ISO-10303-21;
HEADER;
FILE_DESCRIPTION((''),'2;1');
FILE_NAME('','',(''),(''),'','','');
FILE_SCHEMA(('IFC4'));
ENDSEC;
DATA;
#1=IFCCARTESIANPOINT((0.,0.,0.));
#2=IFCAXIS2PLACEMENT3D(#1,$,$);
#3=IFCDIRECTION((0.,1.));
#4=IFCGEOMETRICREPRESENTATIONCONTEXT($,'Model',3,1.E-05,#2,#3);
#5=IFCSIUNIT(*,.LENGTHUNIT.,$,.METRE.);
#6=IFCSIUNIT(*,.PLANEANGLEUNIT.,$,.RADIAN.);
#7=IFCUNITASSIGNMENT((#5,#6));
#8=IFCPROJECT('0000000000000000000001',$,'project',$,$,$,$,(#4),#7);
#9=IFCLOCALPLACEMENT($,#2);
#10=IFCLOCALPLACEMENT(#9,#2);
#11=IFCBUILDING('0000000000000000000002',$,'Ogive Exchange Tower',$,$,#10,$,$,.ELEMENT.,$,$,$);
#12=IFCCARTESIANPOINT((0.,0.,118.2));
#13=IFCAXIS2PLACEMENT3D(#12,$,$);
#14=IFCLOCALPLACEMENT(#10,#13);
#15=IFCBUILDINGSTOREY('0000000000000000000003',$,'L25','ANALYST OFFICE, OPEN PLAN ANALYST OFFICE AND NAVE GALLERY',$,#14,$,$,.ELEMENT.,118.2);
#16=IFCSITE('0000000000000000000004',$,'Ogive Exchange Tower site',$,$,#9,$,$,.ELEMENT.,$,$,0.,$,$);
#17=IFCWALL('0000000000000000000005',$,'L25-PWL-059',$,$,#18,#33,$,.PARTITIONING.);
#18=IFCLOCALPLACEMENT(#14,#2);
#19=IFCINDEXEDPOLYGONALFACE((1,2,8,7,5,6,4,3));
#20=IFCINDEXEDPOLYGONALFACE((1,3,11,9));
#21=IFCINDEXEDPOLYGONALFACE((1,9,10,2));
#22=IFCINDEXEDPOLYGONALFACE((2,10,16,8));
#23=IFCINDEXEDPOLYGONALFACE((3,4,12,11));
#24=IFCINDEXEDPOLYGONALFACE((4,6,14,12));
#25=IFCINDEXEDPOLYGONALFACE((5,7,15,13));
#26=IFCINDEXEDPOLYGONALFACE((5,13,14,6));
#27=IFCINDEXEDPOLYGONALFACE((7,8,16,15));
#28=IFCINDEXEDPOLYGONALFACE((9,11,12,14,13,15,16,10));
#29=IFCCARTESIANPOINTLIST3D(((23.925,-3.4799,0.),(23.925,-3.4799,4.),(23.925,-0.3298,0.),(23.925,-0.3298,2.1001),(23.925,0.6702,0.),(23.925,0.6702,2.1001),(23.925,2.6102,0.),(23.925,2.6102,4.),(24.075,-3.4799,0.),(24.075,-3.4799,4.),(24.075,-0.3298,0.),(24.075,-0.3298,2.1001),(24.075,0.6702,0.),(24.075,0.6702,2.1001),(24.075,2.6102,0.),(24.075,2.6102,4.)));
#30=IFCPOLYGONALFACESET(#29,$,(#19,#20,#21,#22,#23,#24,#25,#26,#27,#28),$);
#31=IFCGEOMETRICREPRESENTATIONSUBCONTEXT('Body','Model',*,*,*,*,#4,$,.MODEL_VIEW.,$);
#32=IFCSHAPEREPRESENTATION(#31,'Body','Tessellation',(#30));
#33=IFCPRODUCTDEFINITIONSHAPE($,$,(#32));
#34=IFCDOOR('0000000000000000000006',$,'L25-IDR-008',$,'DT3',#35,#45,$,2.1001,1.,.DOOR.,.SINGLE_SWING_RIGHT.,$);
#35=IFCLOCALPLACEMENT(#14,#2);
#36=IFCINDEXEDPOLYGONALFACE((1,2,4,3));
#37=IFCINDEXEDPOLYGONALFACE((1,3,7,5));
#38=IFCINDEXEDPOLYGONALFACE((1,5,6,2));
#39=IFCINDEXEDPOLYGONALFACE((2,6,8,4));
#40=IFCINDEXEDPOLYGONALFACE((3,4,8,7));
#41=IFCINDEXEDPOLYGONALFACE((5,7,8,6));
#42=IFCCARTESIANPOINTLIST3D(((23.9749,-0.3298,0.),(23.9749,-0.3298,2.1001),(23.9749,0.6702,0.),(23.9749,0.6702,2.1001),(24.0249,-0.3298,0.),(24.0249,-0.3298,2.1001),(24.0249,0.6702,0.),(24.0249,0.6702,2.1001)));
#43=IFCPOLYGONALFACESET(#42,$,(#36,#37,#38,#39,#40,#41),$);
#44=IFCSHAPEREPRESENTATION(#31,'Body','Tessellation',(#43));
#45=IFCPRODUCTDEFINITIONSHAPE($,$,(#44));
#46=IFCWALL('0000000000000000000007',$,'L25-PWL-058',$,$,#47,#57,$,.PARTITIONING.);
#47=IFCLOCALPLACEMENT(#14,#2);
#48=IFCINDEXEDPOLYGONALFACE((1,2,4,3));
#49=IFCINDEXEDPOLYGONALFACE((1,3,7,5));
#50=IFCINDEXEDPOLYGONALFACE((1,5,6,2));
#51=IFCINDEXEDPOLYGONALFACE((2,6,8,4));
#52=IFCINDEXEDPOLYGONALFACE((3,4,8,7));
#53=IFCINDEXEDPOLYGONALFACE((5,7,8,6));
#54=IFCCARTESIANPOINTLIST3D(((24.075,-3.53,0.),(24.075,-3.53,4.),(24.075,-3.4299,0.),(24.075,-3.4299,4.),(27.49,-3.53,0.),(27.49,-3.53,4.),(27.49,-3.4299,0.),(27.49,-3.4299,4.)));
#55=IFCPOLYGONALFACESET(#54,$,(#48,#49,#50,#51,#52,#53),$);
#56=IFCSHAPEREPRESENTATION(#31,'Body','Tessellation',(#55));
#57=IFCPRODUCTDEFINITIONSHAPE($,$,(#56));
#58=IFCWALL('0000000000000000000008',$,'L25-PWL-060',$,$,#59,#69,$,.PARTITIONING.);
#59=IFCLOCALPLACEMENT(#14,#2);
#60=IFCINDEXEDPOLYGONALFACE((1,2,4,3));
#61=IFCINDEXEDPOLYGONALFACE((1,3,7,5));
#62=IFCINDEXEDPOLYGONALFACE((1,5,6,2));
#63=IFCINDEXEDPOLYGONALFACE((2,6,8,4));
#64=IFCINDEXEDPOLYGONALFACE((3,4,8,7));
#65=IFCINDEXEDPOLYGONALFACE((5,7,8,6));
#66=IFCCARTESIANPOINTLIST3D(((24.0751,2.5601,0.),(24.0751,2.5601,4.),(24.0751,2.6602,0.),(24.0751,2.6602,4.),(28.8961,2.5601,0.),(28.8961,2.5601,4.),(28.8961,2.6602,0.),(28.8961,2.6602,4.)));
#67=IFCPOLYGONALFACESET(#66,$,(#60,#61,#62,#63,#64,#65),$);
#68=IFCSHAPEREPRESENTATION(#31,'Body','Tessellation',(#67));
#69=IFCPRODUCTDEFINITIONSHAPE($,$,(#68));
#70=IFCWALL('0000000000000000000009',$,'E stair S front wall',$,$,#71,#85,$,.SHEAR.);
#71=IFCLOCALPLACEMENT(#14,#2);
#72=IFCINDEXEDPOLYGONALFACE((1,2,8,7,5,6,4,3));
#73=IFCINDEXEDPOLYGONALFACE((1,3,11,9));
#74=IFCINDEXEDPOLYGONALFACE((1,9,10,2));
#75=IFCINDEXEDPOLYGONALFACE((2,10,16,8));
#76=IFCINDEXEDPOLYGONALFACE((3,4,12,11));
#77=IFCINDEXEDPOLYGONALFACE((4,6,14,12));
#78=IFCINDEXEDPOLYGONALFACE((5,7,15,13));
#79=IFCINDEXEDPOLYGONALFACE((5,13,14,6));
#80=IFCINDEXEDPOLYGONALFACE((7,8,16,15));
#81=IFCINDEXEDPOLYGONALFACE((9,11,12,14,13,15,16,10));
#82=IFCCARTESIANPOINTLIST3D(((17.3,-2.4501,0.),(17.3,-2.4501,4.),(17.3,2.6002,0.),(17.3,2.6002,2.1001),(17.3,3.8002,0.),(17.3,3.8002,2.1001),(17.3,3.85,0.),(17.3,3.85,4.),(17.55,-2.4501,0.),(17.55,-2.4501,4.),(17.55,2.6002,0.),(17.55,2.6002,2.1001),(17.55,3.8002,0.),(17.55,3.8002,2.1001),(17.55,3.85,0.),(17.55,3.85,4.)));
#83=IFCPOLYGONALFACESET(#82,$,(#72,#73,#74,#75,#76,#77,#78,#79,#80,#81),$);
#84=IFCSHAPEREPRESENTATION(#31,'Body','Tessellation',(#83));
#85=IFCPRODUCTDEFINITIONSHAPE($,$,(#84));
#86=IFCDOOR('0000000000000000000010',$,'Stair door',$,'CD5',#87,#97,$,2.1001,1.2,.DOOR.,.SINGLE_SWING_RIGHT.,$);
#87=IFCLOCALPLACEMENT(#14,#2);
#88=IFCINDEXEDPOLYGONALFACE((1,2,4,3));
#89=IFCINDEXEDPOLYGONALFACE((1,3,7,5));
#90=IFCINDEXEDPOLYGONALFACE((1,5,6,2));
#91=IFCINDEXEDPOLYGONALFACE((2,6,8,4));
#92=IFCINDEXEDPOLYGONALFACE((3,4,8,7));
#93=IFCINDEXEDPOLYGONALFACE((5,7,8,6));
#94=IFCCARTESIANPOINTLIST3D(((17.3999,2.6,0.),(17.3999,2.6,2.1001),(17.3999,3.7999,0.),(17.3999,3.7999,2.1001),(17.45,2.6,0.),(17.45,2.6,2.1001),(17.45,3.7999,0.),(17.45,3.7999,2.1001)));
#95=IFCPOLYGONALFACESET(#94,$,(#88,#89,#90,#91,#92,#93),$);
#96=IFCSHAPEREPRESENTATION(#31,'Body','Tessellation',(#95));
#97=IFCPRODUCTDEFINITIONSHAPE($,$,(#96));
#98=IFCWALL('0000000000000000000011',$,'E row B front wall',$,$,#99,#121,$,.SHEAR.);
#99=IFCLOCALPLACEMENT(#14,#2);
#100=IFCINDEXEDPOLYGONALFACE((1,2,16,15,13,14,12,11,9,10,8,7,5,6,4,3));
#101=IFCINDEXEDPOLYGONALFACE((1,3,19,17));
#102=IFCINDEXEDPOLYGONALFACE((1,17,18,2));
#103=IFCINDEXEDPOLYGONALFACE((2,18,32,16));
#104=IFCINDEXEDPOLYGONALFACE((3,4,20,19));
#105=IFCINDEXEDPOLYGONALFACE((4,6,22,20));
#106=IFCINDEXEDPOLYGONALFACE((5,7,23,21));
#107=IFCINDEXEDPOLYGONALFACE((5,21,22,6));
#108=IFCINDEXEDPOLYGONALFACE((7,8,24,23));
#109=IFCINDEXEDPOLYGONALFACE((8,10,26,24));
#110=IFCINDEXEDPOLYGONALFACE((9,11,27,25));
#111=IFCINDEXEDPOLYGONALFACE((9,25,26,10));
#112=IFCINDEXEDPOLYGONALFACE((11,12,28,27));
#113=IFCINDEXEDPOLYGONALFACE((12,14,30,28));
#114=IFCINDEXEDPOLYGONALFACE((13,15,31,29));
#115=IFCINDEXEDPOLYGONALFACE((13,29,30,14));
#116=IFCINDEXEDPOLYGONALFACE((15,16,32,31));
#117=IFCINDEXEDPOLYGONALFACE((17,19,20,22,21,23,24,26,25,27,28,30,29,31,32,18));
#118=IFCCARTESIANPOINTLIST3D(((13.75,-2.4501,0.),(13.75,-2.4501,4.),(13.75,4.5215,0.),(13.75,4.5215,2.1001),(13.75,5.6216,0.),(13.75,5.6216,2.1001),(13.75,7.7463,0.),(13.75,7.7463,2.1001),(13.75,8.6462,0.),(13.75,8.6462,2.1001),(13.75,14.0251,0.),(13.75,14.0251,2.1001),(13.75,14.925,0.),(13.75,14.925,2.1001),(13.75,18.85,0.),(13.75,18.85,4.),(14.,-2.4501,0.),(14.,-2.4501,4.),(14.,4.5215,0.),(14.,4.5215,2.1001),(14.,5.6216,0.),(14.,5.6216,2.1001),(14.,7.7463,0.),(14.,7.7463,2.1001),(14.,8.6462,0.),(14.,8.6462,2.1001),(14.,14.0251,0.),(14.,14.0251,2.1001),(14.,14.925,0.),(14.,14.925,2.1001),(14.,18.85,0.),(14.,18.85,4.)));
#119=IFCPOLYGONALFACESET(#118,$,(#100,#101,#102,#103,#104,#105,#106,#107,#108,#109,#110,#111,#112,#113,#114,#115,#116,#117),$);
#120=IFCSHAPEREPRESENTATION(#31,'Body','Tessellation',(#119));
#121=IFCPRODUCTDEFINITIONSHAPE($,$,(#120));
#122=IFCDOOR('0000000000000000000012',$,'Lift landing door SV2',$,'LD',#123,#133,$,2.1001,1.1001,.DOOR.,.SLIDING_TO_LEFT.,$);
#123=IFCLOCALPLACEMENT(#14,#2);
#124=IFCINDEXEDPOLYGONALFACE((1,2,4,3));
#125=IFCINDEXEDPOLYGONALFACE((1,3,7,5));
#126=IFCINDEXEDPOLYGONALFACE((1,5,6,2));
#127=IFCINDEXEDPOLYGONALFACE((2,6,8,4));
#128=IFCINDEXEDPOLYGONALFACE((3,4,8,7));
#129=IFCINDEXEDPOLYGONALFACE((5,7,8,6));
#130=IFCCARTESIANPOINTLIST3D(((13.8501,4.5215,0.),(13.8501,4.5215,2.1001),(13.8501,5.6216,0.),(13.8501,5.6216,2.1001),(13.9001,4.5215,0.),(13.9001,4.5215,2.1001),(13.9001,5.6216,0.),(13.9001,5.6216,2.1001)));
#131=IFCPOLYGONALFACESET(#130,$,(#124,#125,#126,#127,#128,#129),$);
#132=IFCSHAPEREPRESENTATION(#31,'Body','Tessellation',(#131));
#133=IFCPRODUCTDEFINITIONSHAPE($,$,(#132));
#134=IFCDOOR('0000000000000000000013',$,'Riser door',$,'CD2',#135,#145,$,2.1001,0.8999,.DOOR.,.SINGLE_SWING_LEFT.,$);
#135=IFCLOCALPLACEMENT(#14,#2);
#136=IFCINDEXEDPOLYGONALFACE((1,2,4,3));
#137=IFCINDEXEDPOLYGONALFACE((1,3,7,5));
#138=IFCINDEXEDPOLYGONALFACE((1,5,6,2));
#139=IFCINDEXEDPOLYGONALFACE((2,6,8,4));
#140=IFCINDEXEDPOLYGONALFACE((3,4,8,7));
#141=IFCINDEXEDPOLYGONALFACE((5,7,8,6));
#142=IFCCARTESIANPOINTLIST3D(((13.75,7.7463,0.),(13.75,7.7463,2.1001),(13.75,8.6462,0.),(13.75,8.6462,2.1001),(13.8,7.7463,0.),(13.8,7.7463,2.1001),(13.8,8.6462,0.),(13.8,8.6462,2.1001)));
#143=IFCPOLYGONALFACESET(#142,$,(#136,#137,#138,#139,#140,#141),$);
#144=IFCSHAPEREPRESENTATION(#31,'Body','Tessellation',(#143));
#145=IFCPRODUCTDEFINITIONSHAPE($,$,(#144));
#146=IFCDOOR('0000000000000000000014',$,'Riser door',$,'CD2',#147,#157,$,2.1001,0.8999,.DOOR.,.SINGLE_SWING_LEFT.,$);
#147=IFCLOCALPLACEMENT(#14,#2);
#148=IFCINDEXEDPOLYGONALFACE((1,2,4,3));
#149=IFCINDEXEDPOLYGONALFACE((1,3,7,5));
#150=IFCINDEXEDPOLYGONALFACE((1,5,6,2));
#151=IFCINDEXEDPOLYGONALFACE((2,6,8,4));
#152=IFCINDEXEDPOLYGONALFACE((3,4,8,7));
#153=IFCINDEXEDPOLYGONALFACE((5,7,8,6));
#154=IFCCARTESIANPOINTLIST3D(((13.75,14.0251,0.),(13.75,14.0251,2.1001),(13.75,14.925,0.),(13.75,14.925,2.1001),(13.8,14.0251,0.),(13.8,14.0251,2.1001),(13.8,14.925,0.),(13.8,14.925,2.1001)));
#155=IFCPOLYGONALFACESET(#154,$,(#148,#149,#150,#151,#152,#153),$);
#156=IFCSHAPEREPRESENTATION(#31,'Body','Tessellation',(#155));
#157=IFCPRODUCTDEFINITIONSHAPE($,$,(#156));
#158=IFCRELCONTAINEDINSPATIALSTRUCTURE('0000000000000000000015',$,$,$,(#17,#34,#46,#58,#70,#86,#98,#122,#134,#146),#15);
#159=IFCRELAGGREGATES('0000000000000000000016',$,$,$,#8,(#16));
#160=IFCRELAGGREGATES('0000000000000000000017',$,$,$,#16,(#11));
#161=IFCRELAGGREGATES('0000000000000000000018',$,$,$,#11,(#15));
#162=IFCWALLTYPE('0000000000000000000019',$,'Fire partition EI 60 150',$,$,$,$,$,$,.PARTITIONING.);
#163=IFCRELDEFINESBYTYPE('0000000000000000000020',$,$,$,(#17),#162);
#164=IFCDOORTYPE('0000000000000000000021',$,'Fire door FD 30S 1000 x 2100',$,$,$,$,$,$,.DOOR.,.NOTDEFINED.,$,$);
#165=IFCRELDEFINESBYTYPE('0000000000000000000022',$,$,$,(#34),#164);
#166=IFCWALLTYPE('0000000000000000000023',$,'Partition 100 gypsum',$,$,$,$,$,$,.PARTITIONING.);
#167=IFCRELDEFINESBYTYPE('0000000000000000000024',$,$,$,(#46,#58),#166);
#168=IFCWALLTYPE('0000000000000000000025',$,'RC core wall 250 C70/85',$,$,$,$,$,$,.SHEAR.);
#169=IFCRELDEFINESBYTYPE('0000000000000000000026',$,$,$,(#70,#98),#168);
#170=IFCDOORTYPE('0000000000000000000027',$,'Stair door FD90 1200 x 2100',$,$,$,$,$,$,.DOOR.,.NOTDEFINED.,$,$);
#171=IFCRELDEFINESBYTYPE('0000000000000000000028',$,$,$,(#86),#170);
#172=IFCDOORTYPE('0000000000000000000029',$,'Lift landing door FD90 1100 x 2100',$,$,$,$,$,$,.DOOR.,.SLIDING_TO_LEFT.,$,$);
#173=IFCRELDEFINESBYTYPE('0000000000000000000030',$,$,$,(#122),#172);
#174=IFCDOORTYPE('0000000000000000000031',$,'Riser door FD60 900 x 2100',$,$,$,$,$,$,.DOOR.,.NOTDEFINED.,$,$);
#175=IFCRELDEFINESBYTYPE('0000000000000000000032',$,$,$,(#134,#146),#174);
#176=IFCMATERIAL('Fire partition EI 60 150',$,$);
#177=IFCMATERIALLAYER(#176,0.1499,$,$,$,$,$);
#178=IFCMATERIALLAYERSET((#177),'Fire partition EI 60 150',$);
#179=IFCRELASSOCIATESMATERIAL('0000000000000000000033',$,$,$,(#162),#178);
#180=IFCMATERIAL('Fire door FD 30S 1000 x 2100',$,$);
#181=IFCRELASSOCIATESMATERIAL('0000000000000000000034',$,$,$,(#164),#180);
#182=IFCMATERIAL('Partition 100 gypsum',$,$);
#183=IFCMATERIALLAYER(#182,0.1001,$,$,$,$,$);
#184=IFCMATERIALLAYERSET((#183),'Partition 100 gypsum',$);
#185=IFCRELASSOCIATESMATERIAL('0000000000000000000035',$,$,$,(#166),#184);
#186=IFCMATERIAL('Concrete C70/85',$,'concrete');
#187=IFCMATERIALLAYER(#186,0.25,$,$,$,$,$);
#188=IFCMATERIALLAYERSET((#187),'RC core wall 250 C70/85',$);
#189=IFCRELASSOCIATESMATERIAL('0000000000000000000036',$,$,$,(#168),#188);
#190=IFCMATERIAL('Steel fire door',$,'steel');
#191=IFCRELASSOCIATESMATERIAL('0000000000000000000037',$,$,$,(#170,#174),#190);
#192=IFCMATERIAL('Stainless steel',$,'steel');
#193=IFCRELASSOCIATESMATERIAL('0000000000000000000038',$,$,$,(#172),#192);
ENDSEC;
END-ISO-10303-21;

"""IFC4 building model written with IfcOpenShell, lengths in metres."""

from ifc_helpers import new_model, si_unit, direction, frame, frame_2d, origin, place, context, subcontext, project, spatial, rectangle, extrude, material, layer, layer_set, type_object, element, fill, save


model = new_model("IFC4")

# Units and contexts
model_context = context("Model", 3, precision=1e-05, world=origin(), true_north=direction((0.0, 1.0)))
body_context = subcontext(model_context, "Body", "Model", "MODEL_VIEW")
ifc_project = project(units=[si_unit("LENGTHUNIT", "METRE"), si_unit("PLANEANGLEUNIT", "RADIAN")], contexts=[model_context])

# Site, building, storey
site_placement = place(None, origin())
site = spatial("IfcSite", under=ifc_project, at=site_placement, Name="Ogive Exchange Tower site", CompositionType="ELEMENT", RefElevation=0.0)
building_placement = place(site_placement, origin())
building = spatial("IfcBuilding", under=site, at=building_placement, Name="Ogive Exchange Tower", CompositionType="ELEMENT")
storey_placement = place(building_placement, frame((0.0, 0.0, 118.2)))
storey = spatial("IfcBuildingStorey", under=building, at=storey_placement, Name="L25", Description="ANALYST OFFICE, OPEN PLAN ANALYST OFFICE AND NAVE GALLERY", CompositionType="ELEMENT", Elevation=118.2)

# Shared definitions
ifc_material_1 = material(Name="Fire partition EI 60 150")
ifc_layer_1 = layer(ifc_material_1, 0.1499)
ifc_layer_set_1 = layer_set([ifc_layer_1], Name="Fire partition EI 60 150")
wall_type_1 = type_object("IfcWallType", Name="Fire partition EI 60 150", PredefinedType="PARTITIONING", material=ifc_layer_set_1)
ifc_material_2 = material(Name="Fire door FD 30S 1000 x 2100")
door_type_1 = type_object("IfcDoorType", Name="Fire door FD 30S 1000 x 2100", OperationType="NOTDEFINED", PredefinedType="DOOR", material=ifc_material_2)

# Wall, opening, door
wall_1_placement = place(storey_placement, frame((24.0, 2.6101, 0.0), z_axis=(0.0, 0.0, 1.0), x_axis=(0.0, -1.0, 0.0)))
wall_1 = element("IfcWall", 1, at=wall_1_placement, inside=storey, type_object=wall_type_1, Name="L25-PWL-059", PredefinedType="PARTITIONING", context=body_context, shape_type="SweptSolid", body=[
    extrude(rectangle(XDim=6.0901, YDim=0.1499, at=frame_2d((3.0449, 0.0))), origin(), (0.0, 0.0, 1.0), 4.0),
])
opening_1_placement = place(wall_1_placement, frame((1.9399, 0.0, 0.0)))
opening_1 = element("IfcOpeningElement", 2, at=opening_1_placement, cuts=wall_1, PredefinedType="OPENING", context=body_context, shape_type="SweptSolid", body=[
    extrude(rectangle(XDim=1.0, YDim=2.1001, at=frame_2d((0.5, 1.05))), frame((0.0, 0.085, 0.0), z_axis=(0.0, -1.0, 0.0), x_axis=(1.0, 0.0, 0.0)), (0.0, 0.0, 1.0), 0.1699),
])
door_1_placement = place(opening_1_placement, origin())
door_1 = element("IfcDoor", 3, at=door_1_placement, inside=storey, type_object=door_type_1, Name="L25-IDR-008", ObjectType="DT3", OperationType="SINGLE_SWING_RIGHT", OverallHeight=2.1001, OverallWidth=1.0, PredefinedType="DOOR", context=body_context, shape_type="SweptSolid", body=[
    extrude(rectangle(XDim=1.0, YDim=2.1001, at=frame_2d((0.5, 1.05))), frame((0.0, 0.0249, 0.0), z_axis=(0.0, -1.0, 0.0), x_axis=(1.0, 0.0, 0.0)), (0.0, 0.0, 1.0), 0.05),
])
fill(opening_1, door_1)

# Walls
ifc_material_3 = material(Name="Partition 100 gypsum")
ifc_layer_2 = layer(ifc_material_3, 0.1001)
ifc_layer_set_2 = layer_set([ifc_layer_2], Name="Partition 100 gypsum")
wall_type_2 = type_object("IfcWallType", Name="Partition 100 gypsum", PredefinedType="PARTITIONING", material=ifc_layer_set_2)
wall_2_placement = place(storey_placement, frame((24.075, -3.48, 0.0), z_axis=(0.0, 0.0, 1.0), x_axis=(1.0, 0.0, 0.0)))
element("IfcWall", 4, at=wall_2_placement, inside=storey, type_object=wall_type_2, Name="L25-PWL-058", PredefinedType="PARTITIONING", context=body_context, shape_type="SweptSolid", body=[
    extrude(rectangle(XDim=3.415, YDim=0.1001, at=frame_2d((1.7075, 0.0))), origin(), (0.0, 0.0, 1.0), 4.0),
])
wall_3_placement = place(storey_placement, frame((24.075, 2.6101, 0.0), z_axis=(0.0, 0.0, 1.0), x_axis=(1.0, 0.0, 0.0)))
element("IfcWall", 5, at=wall_3_placement, inside=storey, type_object=wall_type_2, Name="L25-PWL-060", PredefinedType="PARTITIONING", context=body_context, shape_type="SweptSolid", body=[
    extrude(rectangle(XDim=4.821, YDim=0.1001, at=frame_2d((2.4106, 0.0))), origin(), (0.0, 0.0, 1.0), 4.0),
])

# Wall, opening, door
ifc_material_4 = material(Name="Concrete C70/85", Category="concrete")
ifc_layer_3 = layer(ifc_material_4, 0.25)
ifc_layer_set_3 = layer_set([ifc_layer_3], Name="RC core wall 250 C70/85")
wall_type_3 = type_object("IfcWallType", Name="RC core wall 250 C70/85", PredefinedType="SHEAR", material=ifc_layer_set_3)
wall_4_placement = place(storey_placement, frame((17.425, -2.45, 0.0), z_axis=(0.0, 0.0, 1.0), x_axis=(0.0, 1.0, 0.0)))
wall_4 = element("IfcWall", 6, at=wall_4_placement, inside=storey, type_object=wall_type_3, Name="E stair S front wall", PredefinedType="SHEAR", context=body_context, shape_type="SweptSolid", body=[
    extrude(rectangle(XDim=6.3, YDim=0.25, at=frame_2d((3.1499, 0.0))), origin(), (0.0, 0.0, 1.0), 4.0),
])
opening_2_placement = place(wall_4_placement, frame((5.05, 0.0, 0.0)))
opening_2 = element("IfcOpeningElement", 7, at=opening_2_placement, cuts=wall_4, PredefinedType="OPENING", context=body_context, shape_type="SweptSolid", body=[
    extrude(rectangle(XDim=1.2, YDim=2.1001, at=frame_2d((0.6001, 1.05))), frame((0.0, 0.135, 0.0), z_axis=(0.0, -1.0, 0.0), x_axis=(1.0, 0.0, 0.0)), (0.0, 0.0, 1.0), 0.27),
])
ifc_material_5 = material(Name="Steel fire door", Category="steel")
door_type_2 = type_object("IfcDoorType", Name="Stair door FD90 1200 x 2100", OperationType="NOTDEFINED", PredefinedType="DOOR", material=ifc_material_5)
door_2_placement = place(opening_2_placement, frame((1.2, 0.0, 0.0), z_axis=(0.0, 0.0, 1.0), x_axis=(-1.0, 0.0, 0.0)))
door_2 = element("IfcDoor", 8, at=door_2_placement, inside=storey, type_object=door_type_2, Name="Stair door", ObjectType="CD5", OperationType="SINGLE_SWING_RIGHT", OverallHeight=2.1001, OverallWidth=1.2, PredefinedType="DOOR", context=body_context, shape_type="SweptSolid", body=[
    extrude(rectangle(XDim=1.2, YDim=2.1001, at=frame_2d((0.6001, 1.05))), frame((0.0, 0.0249, 0.0), z_axis=(0.0, -1.0, 0.0), x_axis=(1.0, 0.0, 0.0)), (0.0, 0.0, 1.0), 0.05),
])
fill(opening_2, door_2)

# Wall, openings, doors
wall_5_placement = place(storey_placement, frame((13.875, -2.45, 0.0), z_axis=(0.0, 0.0, 1.0), x_axis=(0.0, 1.0, 0.0)))
wall_5 = element("IfcWall", 9, at=wall_5_placement, inside=storey, type_object=wall_type_3, Name="E row B front wall", PredefinedType="SHEAR", context=body_context, shape_type="SweptSolid", body=[
    extrude(rectangle(XDim=21.3, YDim=0.25, at=frame_2d((10.6499, 0.0))), origin(), (0.0, 0.0, 1.0), 4.0),
])
opening_3_placement = place(wall_5_placement, frame((10.1963, 0.0, 0.0)))
opening_3 = element("IfcOpeningElement", 10, at=opening_3_placement, cuts=wall_5, PredefinedType="OPENING", context=body_context, shape_type="SweptSolid", body=[
    extrude(rectangle(XDim=0.8999, YDim=2.1001, at=frame_2d((0.45, 1.05))), frame((0.0, 0.135, 0.0), z_axis=(0.0, -1.0, 0.0), x_axis=(1.0, 0.0, 0.0)), (0.0, 0.0, 1.0), 0.27),
])
opening_4_placement = place(wall_5_placement, frame((16.4751, 0.0, 0.0)))
opening_4 = element("IfcOpeningElement", 11, at=opening_4_placement, cuts=wall_5, PredefinedType="OPENING", context=body_context, shape_type="SweptSolid", body=[
    extrude(rectangle(XDim=0.8999, YDim=2.1001, at=frame_2d((0.45, 1.05))), frame((0.0, 0.135, 0.0), z_axis=(0.0, -1.0, 0.0), x_axis=(1.0, 0.0, 0.0)), (0.0, 0.0, 1.0), 0.27),
])
opening_5_placement = place(wall_5_placement, frame((6.9714, 0.0, 0.0)))
opening_5 = element("IfcOpeningElement", 12, at=opening_5_placement, cuts=wall_5, PredefinedType="OPENING", context=body_context, shape_type="SweptSolid", body=[
    extrude(rectangle(XDim=1.1001, YDim=2.1001, at=frame_2d((0.55, 1.05))), frame((0.0, 0.135, 0.0), z_axis=(0.0, -1.0, 0.0), x_axis=(1.0, 0.0, 0.0)), (0.0, 0.0, 1.0), 0.27),
])
ifc_material_6 = material(Name="Stainless steel", Category="steel")
door_type_3 = type_object("IfcDoorType", Name="Lift landing door FD90 1100 x 2100", OperationType="SLIDING_TO_LEFT", PredefinedType="DOOR", material=ifc_material_6)
door_3_placement = place(opening_5_placement, origin())
door_3 = element("IfcDoor", 13, at=door_3_placement, inside=storey, type_object=door_type_3, Name="Lift landing door SV2", ObjectType="LD", OperationType="SLIDING_TO_LEFT", OverallHeight=2.1001, OverallWidth=1.1001, PredefinedType="DOOR", context=body_context, shape_type="SweptSolid", body=[
    extrude(rectangle(XDim=1.1001, YDim=2.1001, at=frame_2d((0.55, 1.05))), frame((0.0, 0.0249, 0.0), z_axis=(0.0, -1.0, 0.0), x_axis=(1.0, 0.0, 0.0)), (0.0, 0.0, 1.0), 0.05),
])
fill(opening_5, door_3)
door_type_4 = type_object("IfcDoorType", Name="Riser door FD60 900 x 2100", OperationType="NOTDEFINED", PredefinedType="DOOR", material=ifc_material_5)
door_4_placement = place(opening_3_placement, origin())
door_4 = element("IfcDoor", 14, at=door_4_placement, inside=storey, type_object=door_type_4, Name="Riser door", ObjectType="CD2", OperationType="SINGLE_SWING_LEFT", OverallHeight=2.1001, OverallWidth=0.8999, PredefinedType="DOOR", context=body_context, shape_type="SweptSolid", body=[
    extrude(rectangle(XDim=0.8999, YDim=2.1001, at=frame_2d((0.45, 1.05))), frame((0.0, 0.125, 0.0), z_axis=(0.0, -1.0, 0.0), x_axis=(1.0, 0.0, 0.0)), (0.0, 0.0, 1.0), 0.05),
])
fill(opening_3, door_4)
door_5_placement = place(opening_4_placement, origin())
door_5 = element("IfcDoor", 15, at=door_5_placement, inside=storey, type_object=door_type_4, Name="Riser door", ObjectType="CD2", OperationType="SINGLE_SWING_LEFT", OverallHeight=2.1001, OverallWidth=0.8999, PredefinedType="DOOR", context=body_context, shape_type="SweptSolid", body=[
    extrude(rectangle(XDim=0.8999, YDim=2.1001, at=frame_2d((0.45, 1.05))), frame((0.0, 0.125, 0.0), z_axis=(0.0, -1.0, 0.0), x_axis=(1.0, 0.0, 0.0)), (0.0, 0.0, 1.0), 0.05),
])
fill(opening_4, door_5)

save(model, "model.ifc")
